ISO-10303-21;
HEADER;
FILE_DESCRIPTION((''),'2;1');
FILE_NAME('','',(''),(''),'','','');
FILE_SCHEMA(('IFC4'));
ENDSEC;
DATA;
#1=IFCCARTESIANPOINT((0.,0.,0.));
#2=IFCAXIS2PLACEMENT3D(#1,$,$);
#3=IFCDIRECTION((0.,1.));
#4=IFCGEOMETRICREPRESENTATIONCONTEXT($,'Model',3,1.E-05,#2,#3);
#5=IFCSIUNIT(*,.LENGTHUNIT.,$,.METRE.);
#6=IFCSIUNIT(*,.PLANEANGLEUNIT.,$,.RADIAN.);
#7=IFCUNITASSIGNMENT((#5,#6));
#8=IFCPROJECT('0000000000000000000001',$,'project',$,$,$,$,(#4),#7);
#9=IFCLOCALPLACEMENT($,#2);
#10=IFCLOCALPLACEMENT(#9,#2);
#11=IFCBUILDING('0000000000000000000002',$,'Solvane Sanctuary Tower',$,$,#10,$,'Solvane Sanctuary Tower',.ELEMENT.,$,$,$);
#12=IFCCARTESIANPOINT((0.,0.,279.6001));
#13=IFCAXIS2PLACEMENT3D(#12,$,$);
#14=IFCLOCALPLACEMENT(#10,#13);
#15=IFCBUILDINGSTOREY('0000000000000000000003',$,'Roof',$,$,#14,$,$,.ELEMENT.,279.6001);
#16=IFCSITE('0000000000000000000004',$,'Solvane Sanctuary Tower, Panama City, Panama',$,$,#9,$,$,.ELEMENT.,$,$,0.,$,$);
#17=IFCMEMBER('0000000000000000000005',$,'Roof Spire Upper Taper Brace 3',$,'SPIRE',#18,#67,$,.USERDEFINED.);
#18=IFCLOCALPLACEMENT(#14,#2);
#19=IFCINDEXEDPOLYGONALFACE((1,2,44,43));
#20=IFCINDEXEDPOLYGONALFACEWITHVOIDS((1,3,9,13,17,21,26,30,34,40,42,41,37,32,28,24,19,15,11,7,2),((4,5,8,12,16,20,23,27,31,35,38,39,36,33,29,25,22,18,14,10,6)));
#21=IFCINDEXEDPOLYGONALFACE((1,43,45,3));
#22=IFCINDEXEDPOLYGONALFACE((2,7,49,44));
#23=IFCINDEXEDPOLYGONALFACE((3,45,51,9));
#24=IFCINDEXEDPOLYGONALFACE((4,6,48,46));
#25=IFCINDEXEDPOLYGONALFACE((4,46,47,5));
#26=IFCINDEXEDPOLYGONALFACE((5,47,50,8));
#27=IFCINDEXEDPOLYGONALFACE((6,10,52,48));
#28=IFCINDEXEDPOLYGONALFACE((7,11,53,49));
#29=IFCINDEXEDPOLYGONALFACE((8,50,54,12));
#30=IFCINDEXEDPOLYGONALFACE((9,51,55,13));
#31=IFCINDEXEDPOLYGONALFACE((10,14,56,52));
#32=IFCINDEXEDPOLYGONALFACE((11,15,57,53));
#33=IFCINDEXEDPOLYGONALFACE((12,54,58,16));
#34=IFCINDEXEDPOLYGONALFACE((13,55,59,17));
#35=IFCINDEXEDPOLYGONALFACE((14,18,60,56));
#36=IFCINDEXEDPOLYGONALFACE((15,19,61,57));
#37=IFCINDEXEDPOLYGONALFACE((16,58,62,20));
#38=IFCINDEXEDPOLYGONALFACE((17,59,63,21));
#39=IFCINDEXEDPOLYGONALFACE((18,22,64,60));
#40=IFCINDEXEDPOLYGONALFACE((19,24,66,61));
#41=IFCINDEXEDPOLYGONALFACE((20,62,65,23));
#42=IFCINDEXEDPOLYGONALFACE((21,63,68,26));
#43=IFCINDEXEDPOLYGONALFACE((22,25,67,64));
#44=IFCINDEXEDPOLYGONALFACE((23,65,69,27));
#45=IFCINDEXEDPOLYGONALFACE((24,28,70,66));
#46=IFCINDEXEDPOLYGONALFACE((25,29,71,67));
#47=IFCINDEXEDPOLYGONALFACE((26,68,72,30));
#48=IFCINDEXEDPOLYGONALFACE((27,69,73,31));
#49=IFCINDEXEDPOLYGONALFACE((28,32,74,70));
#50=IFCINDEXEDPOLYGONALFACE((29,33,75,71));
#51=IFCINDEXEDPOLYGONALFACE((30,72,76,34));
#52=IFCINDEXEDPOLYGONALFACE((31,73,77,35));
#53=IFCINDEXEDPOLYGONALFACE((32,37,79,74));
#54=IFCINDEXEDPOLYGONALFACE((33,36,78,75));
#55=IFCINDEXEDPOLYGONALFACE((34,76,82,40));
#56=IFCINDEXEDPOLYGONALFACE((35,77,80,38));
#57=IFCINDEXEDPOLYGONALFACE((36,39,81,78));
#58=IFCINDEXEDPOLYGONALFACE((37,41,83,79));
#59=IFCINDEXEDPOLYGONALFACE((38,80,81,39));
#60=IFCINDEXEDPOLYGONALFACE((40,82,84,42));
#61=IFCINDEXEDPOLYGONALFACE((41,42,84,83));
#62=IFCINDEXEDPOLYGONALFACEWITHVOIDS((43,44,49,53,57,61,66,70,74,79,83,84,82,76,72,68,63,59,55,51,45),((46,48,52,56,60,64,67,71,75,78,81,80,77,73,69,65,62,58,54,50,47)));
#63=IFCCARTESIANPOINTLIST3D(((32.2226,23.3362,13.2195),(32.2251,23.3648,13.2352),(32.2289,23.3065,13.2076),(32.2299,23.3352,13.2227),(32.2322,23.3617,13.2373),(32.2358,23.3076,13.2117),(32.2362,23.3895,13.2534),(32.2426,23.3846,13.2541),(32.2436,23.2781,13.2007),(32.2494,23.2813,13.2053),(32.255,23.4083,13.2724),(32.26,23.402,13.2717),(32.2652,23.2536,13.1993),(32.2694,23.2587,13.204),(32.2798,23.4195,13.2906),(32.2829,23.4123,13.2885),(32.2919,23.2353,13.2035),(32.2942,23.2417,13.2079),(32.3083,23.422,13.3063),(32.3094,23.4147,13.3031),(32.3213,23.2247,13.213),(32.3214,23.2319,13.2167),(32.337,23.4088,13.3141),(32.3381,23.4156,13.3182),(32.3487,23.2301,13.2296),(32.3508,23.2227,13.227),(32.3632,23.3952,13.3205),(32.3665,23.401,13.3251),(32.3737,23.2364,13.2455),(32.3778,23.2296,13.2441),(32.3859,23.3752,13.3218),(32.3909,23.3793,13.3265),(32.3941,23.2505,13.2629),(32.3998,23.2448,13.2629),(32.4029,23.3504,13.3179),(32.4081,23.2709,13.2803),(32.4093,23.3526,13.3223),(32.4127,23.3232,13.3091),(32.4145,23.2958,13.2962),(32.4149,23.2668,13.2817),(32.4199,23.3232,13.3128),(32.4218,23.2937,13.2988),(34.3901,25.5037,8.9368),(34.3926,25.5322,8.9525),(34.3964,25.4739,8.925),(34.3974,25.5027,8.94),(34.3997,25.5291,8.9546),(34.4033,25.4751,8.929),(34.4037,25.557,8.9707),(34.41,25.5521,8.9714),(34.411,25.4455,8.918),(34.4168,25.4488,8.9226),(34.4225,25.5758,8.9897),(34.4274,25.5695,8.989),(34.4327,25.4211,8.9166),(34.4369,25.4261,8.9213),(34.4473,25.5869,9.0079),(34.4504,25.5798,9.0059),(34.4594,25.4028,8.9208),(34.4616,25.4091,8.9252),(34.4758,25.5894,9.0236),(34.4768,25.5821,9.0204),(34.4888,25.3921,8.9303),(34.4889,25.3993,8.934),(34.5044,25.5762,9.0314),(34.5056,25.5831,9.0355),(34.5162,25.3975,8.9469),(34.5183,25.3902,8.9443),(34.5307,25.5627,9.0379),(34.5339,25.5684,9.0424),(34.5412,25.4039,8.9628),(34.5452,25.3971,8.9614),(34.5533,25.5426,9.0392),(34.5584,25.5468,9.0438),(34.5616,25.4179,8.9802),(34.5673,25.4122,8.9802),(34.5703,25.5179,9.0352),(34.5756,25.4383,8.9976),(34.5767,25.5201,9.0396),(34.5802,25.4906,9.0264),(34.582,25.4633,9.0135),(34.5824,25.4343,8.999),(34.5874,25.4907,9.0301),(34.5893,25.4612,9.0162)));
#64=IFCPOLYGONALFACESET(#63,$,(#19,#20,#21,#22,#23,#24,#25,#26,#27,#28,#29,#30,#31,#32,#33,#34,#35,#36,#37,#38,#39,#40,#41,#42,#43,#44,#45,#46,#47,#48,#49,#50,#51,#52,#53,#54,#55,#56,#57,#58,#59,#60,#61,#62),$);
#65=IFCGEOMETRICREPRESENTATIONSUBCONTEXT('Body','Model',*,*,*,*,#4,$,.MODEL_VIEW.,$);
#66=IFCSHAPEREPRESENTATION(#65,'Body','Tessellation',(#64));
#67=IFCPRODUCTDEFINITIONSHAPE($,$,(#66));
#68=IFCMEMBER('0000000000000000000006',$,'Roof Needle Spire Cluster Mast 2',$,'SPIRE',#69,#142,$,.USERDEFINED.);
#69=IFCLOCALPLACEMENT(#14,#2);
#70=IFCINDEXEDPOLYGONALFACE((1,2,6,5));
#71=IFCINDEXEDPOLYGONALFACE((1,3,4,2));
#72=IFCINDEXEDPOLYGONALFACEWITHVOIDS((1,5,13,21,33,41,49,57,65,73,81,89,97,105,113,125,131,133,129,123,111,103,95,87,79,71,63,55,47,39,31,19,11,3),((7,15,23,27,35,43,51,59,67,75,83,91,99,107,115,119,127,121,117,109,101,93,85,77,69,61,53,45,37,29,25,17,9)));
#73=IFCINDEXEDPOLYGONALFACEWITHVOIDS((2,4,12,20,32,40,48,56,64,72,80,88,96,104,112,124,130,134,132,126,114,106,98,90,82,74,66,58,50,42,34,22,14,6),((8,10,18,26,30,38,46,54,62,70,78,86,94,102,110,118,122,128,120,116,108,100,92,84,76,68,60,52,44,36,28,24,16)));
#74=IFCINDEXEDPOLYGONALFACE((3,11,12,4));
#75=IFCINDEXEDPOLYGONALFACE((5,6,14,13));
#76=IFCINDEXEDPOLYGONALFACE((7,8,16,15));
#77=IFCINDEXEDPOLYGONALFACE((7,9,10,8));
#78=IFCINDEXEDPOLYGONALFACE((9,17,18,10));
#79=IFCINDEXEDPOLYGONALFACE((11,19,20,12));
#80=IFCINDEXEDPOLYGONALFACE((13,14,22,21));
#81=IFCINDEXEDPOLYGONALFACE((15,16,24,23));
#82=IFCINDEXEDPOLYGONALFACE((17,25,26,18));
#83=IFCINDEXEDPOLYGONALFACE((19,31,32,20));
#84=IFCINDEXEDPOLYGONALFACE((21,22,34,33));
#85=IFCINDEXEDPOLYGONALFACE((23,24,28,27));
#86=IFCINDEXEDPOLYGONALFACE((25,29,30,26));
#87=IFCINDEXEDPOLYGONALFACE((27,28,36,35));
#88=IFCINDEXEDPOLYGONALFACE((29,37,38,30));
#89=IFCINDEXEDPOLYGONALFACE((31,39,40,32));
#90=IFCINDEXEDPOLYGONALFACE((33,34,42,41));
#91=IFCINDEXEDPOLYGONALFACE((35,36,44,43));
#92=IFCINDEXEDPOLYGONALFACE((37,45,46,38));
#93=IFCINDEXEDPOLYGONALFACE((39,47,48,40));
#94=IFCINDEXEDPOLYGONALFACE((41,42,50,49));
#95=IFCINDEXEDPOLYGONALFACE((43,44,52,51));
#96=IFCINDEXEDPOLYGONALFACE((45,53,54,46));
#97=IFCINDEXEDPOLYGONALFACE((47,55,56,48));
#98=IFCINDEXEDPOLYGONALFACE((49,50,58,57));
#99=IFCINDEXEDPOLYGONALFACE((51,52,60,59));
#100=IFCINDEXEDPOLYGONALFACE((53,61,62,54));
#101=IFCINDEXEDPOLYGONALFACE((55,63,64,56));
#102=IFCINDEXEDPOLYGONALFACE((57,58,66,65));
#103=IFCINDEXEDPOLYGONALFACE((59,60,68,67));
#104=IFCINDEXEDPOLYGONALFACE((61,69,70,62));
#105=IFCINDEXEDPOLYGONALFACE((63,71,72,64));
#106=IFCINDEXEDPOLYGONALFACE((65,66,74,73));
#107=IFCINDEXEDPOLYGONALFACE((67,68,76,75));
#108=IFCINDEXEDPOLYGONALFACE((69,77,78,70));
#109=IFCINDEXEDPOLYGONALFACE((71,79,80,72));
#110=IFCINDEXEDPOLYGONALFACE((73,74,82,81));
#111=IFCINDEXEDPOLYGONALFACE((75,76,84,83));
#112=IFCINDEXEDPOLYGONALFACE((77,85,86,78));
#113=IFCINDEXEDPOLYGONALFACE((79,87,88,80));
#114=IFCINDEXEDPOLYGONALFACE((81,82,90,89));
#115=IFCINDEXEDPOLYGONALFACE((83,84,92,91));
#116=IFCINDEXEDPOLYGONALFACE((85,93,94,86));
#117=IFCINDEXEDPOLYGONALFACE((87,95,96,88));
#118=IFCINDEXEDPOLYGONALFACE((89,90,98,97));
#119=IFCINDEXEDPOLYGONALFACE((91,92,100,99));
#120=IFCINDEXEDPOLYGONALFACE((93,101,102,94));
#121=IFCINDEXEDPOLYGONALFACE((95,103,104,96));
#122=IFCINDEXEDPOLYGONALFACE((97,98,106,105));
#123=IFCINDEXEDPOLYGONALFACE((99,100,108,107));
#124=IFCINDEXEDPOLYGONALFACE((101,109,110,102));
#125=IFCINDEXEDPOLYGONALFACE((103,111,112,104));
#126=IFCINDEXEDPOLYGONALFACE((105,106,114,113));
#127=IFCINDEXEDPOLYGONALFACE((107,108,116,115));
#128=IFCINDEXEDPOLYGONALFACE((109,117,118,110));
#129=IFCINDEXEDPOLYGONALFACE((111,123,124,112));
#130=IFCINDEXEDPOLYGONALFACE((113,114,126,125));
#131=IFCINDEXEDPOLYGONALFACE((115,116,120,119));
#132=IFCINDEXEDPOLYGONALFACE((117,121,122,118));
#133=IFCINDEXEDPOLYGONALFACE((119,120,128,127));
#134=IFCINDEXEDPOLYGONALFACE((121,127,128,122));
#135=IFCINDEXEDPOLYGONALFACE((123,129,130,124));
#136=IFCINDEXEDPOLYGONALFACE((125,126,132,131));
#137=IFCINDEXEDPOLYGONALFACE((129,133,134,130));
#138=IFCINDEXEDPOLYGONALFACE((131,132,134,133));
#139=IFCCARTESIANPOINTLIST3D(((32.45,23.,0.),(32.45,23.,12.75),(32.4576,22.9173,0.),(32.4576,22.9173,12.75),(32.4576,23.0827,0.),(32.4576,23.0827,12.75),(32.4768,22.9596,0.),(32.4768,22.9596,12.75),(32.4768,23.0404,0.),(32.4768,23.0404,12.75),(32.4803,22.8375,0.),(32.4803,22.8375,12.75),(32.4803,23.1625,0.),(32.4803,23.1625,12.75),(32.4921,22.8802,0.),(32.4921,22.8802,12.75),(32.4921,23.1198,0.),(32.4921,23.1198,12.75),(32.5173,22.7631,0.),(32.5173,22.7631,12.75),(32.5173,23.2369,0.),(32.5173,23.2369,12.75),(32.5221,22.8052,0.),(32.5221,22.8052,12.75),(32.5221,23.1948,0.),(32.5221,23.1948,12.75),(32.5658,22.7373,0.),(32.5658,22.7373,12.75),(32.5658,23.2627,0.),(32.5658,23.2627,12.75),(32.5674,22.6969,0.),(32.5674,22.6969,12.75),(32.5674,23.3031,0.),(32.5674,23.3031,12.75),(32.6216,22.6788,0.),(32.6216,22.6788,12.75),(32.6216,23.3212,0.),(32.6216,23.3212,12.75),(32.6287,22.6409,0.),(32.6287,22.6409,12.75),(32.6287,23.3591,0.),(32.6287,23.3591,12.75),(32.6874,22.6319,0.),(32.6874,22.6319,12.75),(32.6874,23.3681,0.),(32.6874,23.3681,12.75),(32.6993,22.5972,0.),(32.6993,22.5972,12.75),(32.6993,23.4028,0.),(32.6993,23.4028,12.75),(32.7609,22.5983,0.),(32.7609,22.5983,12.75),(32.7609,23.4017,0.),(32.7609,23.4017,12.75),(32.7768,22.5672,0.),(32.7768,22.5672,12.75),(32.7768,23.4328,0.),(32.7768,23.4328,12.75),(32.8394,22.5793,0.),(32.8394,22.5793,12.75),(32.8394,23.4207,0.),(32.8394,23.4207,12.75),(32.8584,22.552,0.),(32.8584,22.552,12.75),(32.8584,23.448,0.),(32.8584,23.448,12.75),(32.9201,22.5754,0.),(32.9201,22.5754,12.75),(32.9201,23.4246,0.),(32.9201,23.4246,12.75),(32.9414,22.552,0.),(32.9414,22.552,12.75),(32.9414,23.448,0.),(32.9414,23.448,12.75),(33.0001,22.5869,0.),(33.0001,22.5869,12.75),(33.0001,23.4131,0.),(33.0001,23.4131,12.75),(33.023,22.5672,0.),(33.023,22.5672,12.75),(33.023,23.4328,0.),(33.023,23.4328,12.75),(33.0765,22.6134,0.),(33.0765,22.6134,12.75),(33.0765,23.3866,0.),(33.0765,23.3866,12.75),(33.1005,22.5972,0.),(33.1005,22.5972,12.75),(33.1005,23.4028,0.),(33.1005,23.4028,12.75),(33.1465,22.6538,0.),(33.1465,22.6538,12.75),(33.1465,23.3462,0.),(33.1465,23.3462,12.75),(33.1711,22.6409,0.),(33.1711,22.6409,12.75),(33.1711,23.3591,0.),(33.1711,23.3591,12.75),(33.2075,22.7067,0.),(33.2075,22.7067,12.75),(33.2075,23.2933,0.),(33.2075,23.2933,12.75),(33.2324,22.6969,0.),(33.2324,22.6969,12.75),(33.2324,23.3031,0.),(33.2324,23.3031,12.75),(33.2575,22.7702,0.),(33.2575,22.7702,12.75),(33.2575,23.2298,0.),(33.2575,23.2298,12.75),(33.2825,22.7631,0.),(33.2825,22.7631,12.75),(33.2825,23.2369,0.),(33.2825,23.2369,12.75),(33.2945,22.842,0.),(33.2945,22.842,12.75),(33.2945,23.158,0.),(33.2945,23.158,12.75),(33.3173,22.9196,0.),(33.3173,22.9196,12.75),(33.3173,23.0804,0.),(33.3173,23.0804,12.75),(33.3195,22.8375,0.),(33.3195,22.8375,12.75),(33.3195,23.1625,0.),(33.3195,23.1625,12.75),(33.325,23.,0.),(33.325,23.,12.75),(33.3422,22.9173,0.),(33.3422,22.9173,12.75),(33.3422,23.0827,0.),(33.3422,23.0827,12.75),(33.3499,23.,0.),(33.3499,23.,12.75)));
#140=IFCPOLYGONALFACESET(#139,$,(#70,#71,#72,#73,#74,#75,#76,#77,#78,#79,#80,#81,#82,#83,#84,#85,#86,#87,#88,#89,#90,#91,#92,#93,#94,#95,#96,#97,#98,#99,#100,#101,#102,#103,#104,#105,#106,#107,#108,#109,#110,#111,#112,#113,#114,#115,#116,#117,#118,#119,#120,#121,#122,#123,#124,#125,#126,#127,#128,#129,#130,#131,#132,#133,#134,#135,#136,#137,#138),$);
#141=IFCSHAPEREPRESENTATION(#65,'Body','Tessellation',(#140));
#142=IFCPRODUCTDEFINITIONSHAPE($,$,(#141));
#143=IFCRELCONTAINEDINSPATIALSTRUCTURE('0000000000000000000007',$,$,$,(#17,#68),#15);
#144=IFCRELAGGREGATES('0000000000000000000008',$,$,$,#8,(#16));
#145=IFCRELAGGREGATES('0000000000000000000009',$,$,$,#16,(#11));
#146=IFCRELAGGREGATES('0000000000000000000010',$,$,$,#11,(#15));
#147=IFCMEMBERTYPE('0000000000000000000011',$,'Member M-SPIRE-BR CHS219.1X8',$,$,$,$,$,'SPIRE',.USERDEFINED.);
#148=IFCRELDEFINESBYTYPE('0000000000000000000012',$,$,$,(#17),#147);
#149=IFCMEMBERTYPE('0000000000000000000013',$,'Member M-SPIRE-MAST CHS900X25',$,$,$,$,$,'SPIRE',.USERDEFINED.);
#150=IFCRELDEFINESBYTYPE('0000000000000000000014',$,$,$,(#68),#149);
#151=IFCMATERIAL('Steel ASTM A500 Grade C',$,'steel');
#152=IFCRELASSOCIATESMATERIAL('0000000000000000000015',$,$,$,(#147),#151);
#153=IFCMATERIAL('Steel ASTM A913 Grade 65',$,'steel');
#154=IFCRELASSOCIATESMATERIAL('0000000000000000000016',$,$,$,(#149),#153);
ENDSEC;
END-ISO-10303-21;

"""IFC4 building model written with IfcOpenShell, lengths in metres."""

from ifc_helpers import new_model, si_unit, direction, frame, origin, origin_2d, place, context, subcontext, project, spatial, hollow_circle, extrude, material, material_profile, profile_set, type_object, element, save


model = new_model("IFC4")

# Units and contexts
model_context = context("Model", 3, precision=1e-05, world=origin(), true_north=direction((0.0, 1.0)))
body_context = subcontext(model_context, "Body", "Model", "MODEL_VIEW")
ifc_project = project(units=[si_unit("LENGTHUNIT", "METRE"), si_unit("PLANEANGLEUNIT", "RADIAN")], contexts=[model_context])

# Site, building, storey
site_placement = place(None, origin())
site = spatial("IfcSite", under=ifc_project, at=site_placement, Name="Solvane Sanctuary Tower, Panama City, Panama", CompositionType="ELEMENT", RefElevation=0.0)
building_placement = place(site_placement, origin())
building = spatial("IfcBuilding", under=site, at=building_placement, Name="Solvane Sanctuary Tower", LongName="Solvane Sanctuary Tower", CompositionType="ELEMENT")
storey_placement = place(building_placement, frame((0.0, 0.0, 279.6001)))
storey = spatial("IfcBuildingStorey", under=building, at=storey_placement, Name="Roof", CompositionType="ELEMENT", Elevation=279.6001)

# Shared definitions
ifc_material_1 = material(Name="Steel ASTM A913 Grade 65", Category="steel")

# Members
ifc_material_2 = material(Name="Steel ASTM A500 Grade C", Category="steel")
ifc_material_profile_1 = material_profile(ifc_material_2, hollow_circle(Radius=0.1096, WallThickness=0.0081, at=origin_2d()), Name="CHS219.1X8")
ifc_profile_set_1 = profile_set([ifc_material_profile_1], Name="Steel ASTM A500 Grade C")
member_type_1 = type_object("IfcMemberType", Name="Member M-SPIRE-BR CHS219.1X8", ElementType="SPIRE", PredefinedType="USERDEFINED", material=ifc_profile_set_1)
member_1_placement = place(storey_placement, frame((34.4897, 25.4897, 8.9802), z_axis=(-0.411548, -0.411548, 0.813176), x_axis=(0.707107, -0.707107, 0.0)))
element("IfcMember", 1, at=member_1_placement, inside=storey, type_object=member_type_1, Name="Roof Spire Upper Taper Brace 3", ObjectType="SPIRE", PredefinedType="USERDEFINED", context=body_context, shape_type="SweptSolid", body=[
    extrude(hollow_circle(Radius=0.1096, WallThickness=0.0081, at=origin_2d()), origin(), (0.0, 0.0, 1.0), 5.2666),
])
ifc_material_profile_2 = material_profile(ifc_material_1, hollow_circle(Radius=0.45, WallThickness=0.0249, at=origin_2d()), Name="CHS900X25")
ifc_profile_set_2 = profile_set([ifc_material_profile_2], Name="Steel ASTM A913 Grade 65")
member_type_2 = type_object("IfcMemberType", Name="Member M-SPIRE-MAST CHS900X25", ElementType="SPIRE", PredefinedType="USERDEFINED", material=ifc_profile_set_2)
for number, where, z_axis, x_axis, name in (
    (2, (32.8999, 23.0, 0.0), (0.0, 0.0, 1.0), (1.0, 0.0, 0.0), "Roof Needle Spire Cluster Mast 2"),
):
    element("IfcMember", number, at=place(storey_placement, frame(where, z_axis=z_axis, x_axis=x_axis)), inside=storey, type_object=member_type_2, Name=name, ObjectType="SPIRE", PredefinedType="USERDEFINED", context=body_context, shape_type="SweptSolid", body=[
        extrude(hollow_circle(Radius=0.45, WallThickness=0.0249, at=origin_2d()), origin(), (0.0, 0.0, 1.0), 12.75),
    ])

save(model, "model.ifc")
